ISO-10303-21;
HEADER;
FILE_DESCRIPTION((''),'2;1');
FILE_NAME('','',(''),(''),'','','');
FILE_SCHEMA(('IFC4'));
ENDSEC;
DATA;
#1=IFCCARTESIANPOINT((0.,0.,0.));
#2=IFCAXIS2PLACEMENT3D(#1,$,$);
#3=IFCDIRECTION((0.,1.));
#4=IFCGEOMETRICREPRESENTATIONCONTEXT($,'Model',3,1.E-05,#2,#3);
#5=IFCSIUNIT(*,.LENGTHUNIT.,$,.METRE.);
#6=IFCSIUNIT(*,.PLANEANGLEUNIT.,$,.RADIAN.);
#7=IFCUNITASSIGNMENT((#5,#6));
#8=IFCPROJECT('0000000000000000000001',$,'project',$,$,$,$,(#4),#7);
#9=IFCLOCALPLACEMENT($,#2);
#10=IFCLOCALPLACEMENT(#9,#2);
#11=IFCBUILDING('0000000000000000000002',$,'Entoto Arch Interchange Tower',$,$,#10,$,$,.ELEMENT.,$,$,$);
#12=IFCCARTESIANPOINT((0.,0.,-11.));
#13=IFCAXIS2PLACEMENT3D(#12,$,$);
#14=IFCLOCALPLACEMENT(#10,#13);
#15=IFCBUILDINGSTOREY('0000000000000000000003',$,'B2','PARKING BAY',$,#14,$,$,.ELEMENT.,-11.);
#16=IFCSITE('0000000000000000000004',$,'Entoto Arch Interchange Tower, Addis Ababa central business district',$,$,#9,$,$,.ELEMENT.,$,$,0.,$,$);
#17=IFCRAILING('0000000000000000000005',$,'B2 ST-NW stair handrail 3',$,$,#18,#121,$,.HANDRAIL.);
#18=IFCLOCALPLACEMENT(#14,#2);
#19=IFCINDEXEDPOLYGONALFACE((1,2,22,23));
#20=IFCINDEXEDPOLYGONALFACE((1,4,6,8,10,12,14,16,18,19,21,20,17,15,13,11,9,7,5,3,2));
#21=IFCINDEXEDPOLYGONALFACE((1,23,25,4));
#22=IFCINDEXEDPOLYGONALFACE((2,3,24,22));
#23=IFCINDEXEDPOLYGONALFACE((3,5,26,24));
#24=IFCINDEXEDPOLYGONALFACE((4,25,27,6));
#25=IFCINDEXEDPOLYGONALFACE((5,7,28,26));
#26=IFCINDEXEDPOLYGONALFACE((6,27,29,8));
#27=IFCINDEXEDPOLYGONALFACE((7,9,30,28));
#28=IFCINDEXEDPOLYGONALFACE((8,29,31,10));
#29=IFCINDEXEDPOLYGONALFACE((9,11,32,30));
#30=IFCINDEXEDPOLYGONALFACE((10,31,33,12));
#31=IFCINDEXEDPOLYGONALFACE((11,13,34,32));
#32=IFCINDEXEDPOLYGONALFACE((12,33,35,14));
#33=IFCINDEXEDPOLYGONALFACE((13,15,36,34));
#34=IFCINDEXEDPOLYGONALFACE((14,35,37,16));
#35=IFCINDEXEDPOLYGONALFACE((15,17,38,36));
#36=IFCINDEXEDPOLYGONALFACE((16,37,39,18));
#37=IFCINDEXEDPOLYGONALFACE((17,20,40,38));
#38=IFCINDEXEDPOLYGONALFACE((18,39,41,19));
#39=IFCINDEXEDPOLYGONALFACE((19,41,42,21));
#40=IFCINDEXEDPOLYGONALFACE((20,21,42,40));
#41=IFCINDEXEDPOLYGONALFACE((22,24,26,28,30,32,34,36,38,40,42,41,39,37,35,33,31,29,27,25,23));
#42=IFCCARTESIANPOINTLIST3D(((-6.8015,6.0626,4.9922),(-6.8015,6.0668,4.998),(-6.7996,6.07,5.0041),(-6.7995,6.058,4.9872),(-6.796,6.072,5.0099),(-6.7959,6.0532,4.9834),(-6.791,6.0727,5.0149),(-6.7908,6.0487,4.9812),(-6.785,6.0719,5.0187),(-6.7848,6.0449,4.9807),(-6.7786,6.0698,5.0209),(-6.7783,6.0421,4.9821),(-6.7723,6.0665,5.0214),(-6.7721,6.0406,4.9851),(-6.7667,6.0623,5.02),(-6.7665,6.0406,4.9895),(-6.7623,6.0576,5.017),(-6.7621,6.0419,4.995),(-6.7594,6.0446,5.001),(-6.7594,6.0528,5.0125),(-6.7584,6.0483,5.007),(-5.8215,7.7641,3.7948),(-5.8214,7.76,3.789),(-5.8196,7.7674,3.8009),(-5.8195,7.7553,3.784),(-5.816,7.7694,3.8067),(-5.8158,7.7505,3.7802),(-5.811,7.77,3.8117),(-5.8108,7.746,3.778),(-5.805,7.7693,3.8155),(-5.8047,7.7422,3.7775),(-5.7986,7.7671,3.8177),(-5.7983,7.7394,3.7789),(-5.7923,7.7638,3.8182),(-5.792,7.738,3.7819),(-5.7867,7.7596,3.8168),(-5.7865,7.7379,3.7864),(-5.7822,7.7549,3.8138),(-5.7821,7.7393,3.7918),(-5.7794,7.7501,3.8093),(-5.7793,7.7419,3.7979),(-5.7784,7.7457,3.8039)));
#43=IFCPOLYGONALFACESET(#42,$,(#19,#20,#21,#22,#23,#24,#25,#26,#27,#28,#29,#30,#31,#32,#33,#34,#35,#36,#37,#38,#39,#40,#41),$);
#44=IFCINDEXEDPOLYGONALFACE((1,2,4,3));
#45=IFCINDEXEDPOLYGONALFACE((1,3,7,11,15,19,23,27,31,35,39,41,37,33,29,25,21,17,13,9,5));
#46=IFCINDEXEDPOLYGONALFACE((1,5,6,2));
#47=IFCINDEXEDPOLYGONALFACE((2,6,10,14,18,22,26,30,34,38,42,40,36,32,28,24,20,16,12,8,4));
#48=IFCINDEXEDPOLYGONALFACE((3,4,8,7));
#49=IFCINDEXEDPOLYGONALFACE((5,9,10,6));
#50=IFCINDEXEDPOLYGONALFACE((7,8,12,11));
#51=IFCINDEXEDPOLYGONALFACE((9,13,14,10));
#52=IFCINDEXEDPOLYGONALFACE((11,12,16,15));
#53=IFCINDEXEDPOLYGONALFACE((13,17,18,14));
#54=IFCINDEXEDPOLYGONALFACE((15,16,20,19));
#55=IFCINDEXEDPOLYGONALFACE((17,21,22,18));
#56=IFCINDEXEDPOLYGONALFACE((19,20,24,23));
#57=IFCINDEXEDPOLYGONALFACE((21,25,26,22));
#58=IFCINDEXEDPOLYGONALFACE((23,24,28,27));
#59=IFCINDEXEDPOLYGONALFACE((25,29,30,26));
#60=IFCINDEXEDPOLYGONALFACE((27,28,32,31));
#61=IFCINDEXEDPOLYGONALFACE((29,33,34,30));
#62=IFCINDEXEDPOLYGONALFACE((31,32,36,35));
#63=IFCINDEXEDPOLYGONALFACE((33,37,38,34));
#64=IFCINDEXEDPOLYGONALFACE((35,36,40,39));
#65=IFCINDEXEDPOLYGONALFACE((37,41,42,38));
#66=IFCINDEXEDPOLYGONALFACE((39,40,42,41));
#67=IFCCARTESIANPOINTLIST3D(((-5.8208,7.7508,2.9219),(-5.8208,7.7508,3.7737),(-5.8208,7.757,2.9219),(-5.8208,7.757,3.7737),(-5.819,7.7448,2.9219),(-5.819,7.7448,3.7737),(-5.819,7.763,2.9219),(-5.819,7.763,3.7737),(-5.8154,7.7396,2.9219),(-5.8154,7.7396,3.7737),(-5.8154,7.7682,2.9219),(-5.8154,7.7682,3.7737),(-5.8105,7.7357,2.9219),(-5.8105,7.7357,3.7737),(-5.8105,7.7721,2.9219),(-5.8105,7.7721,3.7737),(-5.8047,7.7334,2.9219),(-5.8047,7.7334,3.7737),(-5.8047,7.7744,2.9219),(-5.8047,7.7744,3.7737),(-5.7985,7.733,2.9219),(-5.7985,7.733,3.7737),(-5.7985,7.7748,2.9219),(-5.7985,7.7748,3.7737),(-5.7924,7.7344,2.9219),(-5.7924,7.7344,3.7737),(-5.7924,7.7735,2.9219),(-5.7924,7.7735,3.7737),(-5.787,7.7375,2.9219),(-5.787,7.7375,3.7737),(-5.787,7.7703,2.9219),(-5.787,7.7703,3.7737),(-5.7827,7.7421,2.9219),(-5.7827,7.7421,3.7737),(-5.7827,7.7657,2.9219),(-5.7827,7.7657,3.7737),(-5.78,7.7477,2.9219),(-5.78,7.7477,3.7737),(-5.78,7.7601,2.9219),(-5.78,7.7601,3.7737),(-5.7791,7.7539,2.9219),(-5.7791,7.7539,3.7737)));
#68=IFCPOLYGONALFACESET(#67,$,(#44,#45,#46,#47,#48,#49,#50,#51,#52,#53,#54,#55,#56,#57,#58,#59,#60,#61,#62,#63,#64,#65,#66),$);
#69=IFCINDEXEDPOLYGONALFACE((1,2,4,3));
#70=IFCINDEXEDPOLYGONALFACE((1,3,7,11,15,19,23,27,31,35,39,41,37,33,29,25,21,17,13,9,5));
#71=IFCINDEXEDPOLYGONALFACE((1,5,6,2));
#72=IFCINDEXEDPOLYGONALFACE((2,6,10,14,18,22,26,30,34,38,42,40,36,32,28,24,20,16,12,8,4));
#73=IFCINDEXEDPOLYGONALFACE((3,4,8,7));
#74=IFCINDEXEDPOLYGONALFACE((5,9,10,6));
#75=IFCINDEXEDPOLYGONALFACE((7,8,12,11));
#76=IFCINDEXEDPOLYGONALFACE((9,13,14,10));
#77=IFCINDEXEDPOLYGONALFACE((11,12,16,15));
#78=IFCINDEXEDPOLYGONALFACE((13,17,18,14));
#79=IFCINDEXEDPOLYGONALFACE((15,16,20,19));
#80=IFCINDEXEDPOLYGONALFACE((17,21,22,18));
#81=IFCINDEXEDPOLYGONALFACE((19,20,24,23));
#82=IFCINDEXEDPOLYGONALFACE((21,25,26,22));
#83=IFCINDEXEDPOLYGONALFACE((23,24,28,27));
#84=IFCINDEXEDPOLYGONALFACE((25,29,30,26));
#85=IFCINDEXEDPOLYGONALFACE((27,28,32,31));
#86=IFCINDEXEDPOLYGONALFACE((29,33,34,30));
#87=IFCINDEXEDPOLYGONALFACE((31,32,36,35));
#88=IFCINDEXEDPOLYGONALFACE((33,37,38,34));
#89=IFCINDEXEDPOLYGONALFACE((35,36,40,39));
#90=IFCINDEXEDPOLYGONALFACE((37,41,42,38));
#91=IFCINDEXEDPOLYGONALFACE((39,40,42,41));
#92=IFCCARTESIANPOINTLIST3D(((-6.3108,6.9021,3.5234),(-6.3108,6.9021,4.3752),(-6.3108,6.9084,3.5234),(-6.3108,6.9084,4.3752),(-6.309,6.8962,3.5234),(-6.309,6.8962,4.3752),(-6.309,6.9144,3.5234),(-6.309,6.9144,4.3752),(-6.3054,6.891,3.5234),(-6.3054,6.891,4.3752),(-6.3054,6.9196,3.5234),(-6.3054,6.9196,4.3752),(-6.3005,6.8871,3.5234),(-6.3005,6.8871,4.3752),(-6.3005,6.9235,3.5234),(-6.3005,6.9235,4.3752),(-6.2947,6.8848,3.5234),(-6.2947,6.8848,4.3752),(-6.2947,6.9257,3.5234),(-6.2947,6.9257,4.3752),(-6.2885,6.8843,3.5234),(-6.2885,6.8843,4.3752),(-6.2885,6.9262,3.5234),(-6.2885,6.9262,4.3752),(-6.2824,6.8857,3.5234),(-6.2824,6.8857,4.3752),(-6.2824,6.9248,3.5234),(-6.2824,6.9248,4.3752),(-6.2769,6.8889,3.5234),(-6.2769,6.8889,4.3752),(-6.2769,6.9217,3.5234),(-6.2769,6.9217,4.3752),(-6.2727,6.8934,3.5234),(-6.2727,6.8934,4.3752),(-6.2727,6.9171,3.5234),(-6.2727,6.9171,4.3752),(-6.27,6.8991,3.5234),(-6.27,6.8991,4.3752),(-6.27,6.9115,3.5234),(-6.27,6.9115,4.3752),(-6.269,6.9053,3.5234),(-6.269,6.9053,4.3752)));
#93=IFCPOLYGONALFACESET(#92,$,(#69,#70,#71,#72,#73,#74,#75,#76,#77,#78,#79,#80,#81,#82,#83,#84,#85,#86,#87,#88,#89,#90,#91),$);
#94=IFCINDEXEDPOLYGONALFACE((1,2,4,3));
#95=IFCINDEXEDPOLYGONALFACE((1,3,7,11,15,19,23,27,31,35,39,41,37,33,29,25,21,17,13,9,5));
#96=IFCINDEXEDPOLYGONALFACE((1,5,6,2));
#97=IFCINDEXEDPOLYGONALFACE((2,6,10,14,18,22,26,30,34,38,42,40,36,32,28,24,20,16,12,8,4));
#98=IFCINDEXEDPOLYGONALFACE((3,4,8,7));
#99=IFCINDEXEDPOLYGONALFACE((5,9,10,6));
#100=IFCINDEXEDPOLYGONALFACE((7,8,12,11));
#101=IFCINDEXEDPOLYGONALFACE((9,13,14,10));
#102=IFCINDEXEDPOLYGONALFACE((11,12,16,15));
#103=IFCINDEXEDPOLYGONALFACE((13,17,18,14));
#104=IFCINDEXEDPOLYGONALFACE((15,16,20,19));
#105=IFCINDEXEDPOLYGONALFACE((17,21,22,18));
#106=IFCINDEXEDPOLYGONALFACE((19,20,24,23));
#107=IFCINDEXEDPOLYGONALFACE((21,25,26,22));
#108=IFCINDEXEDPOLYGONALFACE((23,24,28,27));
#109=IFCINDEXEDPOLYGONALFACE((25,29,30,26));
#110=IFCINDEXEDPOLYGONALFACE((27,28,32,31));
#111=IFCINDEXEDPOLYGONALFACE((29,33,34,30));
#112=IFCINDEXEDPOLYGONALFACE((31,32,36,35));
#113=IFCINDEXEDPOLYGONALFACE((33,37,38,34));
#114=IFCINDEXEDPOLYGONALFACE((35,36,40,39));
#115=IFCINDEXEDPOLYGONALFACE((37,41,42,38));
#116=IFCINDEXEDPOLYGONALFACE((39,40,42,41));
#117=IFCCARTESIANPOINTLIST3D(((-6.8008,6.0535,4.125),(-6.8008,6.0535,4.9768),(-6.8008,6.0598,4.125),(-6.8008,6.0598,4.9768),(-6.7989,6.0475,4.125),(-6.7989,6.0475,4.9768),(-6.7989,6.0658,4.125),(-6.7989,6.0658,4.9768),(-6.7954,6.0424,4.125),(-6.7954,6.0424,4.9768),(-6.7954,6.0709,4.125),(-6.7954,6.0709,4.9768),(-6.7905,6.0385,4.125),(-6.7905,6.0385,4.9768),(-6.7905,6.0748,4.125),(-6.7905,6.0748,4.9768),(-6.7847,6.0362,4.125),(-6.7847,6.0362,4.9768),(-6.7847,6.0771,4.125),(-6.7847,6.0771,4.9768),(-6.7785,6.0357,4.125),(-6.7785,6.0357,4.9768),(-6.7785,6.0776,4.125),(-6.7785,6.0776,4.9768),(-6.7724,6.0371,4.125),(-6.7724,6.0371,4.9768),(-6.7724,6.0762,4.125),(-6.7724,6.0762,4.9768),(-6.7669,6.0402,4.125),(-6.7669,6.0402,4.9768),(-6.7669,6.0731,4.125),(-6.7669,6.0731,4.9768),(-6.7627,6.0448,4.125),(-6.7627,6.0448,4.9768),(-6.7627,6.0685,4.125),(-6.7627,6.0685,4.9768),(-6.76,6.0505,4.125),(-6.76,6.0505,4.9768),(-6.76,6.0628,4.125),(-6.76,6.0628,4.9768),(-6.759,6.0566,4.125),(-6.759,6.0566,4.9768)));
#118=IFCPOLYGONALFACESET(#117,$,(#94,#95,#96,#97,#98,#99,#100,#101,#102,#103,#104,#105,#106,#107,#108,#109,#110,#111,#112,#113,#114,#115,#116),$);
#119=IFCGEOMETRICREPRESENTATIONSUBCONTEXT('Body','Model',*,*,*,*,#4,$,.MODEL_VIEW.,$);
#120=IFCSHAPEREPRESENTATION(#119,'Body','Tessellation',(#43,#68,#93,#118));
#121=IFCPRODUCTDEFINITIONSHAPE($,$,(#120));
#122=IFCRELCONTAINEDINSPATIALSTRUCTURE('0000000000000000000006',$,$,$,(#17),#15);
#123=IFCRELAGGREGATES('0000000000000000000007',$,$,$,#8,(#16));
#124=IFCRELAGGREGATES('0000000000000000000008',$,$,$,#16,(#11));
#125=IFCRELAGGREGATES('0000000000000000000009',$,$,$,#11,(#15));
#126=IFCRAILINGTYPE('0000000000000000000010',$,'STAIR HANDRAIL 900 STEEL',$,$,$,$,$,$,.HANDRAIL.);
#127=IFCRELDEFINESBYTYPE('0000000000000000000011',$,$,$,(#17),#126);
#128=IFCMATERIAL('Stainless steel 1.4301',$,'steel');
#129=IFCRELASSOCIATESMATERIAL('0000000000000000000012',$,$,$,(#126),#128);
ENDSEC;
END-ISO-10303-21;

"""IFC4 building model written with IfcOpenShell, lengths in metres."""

from ifc_helpers import new_model, si_unit, direction, frame, origin, origin_2d, place, context, subcontext, project, spatial, circle, extrude, material, type_object, element, save


model = new_model("IFC4")

# Units and contexts
model_context = context("Model", 3, precision=1e-05, world=origin(), true_north=direction((0.0, 1.0)))
body_context = subcontext(model_context, "Body", "Model", "MODEL_VIEW")
ifc_project = project(units=[si_unit("LENGTHUNIT", "METRE"), si_unit("PLANEANGLEUNIT", "RADIAN")], contexts=[model_context])

# Site, building, storey
site_placement = place(None, origin())
site = spatial("IfcSite", under=ifc_project, at=site_placement, Name="Entoto Arch Interchange Tower, Addis Ababa central business district", CompositionType="ELEMENT", RefElevation=0.0)
building_placement = place(site_placement, origin())
building = spatial("IfcBuilding", under=site, at=building_placement, Name="Entoto Arch Interchange Tower", CompositionType="ELEMENT")
storey_placement = place(building_placement, frame((0.0, 0.0, -11.0)))
storey = spatial("IfcBuildingStorey", under=building, at=storey_placement, Name="B2", Description="PARKING BAY", CompositionType="ELEMENT", Elevation=-11.0)

# Railing
ifc_material_1 = material(Name="Stainless steel 1.4301", Category="steel")
railing_type_1 = type_object("IfcRailingType", Name="STAIR HANDRAIL 900 STEEL", PredefinedType="HANDRAIL", material=ifc_material_1)
railing_1_placement = place(storey_placement, frame((-5.8, 7.7539, 2.9219)))
element("IfcRailing", 1, at=railing_1_placement, inside=storey, type_object=railing_type_1, Name="B2 ST-NW stair handrail 3", PredefinedType="HANDRAIL", context=body_context, shape_type="SweptSolid", body=[
    extrude(circle(Radius=0.0239, at=origin_2d()), frame((0.0, 0.0, 0.876), z_axis=(-0.426136, -0.73804, 0.523168), x_axis=(0.866011, -0.500024, 0.0)), (0.0, 0.0, 1.0), 2.2998),
    extrude(circle(Radius=0.021, at=origin_2d()), origin(), (0.0, 0.0, 1.0), 0.8518),
    extrude(circle(Radius=0.021, at=origin_2d()), frame((-0.49, -0.8486, 0.6016)), (0.0, 0.0, 1.0), 0.8518),
    extrude(circle(Radius=0.021, at=origin_2d()), frame((-0.98, -1.6973, 1.2031)), (0.0, 0.0, 1.0), 0.8518),
])

save(model, "model.ifc")
